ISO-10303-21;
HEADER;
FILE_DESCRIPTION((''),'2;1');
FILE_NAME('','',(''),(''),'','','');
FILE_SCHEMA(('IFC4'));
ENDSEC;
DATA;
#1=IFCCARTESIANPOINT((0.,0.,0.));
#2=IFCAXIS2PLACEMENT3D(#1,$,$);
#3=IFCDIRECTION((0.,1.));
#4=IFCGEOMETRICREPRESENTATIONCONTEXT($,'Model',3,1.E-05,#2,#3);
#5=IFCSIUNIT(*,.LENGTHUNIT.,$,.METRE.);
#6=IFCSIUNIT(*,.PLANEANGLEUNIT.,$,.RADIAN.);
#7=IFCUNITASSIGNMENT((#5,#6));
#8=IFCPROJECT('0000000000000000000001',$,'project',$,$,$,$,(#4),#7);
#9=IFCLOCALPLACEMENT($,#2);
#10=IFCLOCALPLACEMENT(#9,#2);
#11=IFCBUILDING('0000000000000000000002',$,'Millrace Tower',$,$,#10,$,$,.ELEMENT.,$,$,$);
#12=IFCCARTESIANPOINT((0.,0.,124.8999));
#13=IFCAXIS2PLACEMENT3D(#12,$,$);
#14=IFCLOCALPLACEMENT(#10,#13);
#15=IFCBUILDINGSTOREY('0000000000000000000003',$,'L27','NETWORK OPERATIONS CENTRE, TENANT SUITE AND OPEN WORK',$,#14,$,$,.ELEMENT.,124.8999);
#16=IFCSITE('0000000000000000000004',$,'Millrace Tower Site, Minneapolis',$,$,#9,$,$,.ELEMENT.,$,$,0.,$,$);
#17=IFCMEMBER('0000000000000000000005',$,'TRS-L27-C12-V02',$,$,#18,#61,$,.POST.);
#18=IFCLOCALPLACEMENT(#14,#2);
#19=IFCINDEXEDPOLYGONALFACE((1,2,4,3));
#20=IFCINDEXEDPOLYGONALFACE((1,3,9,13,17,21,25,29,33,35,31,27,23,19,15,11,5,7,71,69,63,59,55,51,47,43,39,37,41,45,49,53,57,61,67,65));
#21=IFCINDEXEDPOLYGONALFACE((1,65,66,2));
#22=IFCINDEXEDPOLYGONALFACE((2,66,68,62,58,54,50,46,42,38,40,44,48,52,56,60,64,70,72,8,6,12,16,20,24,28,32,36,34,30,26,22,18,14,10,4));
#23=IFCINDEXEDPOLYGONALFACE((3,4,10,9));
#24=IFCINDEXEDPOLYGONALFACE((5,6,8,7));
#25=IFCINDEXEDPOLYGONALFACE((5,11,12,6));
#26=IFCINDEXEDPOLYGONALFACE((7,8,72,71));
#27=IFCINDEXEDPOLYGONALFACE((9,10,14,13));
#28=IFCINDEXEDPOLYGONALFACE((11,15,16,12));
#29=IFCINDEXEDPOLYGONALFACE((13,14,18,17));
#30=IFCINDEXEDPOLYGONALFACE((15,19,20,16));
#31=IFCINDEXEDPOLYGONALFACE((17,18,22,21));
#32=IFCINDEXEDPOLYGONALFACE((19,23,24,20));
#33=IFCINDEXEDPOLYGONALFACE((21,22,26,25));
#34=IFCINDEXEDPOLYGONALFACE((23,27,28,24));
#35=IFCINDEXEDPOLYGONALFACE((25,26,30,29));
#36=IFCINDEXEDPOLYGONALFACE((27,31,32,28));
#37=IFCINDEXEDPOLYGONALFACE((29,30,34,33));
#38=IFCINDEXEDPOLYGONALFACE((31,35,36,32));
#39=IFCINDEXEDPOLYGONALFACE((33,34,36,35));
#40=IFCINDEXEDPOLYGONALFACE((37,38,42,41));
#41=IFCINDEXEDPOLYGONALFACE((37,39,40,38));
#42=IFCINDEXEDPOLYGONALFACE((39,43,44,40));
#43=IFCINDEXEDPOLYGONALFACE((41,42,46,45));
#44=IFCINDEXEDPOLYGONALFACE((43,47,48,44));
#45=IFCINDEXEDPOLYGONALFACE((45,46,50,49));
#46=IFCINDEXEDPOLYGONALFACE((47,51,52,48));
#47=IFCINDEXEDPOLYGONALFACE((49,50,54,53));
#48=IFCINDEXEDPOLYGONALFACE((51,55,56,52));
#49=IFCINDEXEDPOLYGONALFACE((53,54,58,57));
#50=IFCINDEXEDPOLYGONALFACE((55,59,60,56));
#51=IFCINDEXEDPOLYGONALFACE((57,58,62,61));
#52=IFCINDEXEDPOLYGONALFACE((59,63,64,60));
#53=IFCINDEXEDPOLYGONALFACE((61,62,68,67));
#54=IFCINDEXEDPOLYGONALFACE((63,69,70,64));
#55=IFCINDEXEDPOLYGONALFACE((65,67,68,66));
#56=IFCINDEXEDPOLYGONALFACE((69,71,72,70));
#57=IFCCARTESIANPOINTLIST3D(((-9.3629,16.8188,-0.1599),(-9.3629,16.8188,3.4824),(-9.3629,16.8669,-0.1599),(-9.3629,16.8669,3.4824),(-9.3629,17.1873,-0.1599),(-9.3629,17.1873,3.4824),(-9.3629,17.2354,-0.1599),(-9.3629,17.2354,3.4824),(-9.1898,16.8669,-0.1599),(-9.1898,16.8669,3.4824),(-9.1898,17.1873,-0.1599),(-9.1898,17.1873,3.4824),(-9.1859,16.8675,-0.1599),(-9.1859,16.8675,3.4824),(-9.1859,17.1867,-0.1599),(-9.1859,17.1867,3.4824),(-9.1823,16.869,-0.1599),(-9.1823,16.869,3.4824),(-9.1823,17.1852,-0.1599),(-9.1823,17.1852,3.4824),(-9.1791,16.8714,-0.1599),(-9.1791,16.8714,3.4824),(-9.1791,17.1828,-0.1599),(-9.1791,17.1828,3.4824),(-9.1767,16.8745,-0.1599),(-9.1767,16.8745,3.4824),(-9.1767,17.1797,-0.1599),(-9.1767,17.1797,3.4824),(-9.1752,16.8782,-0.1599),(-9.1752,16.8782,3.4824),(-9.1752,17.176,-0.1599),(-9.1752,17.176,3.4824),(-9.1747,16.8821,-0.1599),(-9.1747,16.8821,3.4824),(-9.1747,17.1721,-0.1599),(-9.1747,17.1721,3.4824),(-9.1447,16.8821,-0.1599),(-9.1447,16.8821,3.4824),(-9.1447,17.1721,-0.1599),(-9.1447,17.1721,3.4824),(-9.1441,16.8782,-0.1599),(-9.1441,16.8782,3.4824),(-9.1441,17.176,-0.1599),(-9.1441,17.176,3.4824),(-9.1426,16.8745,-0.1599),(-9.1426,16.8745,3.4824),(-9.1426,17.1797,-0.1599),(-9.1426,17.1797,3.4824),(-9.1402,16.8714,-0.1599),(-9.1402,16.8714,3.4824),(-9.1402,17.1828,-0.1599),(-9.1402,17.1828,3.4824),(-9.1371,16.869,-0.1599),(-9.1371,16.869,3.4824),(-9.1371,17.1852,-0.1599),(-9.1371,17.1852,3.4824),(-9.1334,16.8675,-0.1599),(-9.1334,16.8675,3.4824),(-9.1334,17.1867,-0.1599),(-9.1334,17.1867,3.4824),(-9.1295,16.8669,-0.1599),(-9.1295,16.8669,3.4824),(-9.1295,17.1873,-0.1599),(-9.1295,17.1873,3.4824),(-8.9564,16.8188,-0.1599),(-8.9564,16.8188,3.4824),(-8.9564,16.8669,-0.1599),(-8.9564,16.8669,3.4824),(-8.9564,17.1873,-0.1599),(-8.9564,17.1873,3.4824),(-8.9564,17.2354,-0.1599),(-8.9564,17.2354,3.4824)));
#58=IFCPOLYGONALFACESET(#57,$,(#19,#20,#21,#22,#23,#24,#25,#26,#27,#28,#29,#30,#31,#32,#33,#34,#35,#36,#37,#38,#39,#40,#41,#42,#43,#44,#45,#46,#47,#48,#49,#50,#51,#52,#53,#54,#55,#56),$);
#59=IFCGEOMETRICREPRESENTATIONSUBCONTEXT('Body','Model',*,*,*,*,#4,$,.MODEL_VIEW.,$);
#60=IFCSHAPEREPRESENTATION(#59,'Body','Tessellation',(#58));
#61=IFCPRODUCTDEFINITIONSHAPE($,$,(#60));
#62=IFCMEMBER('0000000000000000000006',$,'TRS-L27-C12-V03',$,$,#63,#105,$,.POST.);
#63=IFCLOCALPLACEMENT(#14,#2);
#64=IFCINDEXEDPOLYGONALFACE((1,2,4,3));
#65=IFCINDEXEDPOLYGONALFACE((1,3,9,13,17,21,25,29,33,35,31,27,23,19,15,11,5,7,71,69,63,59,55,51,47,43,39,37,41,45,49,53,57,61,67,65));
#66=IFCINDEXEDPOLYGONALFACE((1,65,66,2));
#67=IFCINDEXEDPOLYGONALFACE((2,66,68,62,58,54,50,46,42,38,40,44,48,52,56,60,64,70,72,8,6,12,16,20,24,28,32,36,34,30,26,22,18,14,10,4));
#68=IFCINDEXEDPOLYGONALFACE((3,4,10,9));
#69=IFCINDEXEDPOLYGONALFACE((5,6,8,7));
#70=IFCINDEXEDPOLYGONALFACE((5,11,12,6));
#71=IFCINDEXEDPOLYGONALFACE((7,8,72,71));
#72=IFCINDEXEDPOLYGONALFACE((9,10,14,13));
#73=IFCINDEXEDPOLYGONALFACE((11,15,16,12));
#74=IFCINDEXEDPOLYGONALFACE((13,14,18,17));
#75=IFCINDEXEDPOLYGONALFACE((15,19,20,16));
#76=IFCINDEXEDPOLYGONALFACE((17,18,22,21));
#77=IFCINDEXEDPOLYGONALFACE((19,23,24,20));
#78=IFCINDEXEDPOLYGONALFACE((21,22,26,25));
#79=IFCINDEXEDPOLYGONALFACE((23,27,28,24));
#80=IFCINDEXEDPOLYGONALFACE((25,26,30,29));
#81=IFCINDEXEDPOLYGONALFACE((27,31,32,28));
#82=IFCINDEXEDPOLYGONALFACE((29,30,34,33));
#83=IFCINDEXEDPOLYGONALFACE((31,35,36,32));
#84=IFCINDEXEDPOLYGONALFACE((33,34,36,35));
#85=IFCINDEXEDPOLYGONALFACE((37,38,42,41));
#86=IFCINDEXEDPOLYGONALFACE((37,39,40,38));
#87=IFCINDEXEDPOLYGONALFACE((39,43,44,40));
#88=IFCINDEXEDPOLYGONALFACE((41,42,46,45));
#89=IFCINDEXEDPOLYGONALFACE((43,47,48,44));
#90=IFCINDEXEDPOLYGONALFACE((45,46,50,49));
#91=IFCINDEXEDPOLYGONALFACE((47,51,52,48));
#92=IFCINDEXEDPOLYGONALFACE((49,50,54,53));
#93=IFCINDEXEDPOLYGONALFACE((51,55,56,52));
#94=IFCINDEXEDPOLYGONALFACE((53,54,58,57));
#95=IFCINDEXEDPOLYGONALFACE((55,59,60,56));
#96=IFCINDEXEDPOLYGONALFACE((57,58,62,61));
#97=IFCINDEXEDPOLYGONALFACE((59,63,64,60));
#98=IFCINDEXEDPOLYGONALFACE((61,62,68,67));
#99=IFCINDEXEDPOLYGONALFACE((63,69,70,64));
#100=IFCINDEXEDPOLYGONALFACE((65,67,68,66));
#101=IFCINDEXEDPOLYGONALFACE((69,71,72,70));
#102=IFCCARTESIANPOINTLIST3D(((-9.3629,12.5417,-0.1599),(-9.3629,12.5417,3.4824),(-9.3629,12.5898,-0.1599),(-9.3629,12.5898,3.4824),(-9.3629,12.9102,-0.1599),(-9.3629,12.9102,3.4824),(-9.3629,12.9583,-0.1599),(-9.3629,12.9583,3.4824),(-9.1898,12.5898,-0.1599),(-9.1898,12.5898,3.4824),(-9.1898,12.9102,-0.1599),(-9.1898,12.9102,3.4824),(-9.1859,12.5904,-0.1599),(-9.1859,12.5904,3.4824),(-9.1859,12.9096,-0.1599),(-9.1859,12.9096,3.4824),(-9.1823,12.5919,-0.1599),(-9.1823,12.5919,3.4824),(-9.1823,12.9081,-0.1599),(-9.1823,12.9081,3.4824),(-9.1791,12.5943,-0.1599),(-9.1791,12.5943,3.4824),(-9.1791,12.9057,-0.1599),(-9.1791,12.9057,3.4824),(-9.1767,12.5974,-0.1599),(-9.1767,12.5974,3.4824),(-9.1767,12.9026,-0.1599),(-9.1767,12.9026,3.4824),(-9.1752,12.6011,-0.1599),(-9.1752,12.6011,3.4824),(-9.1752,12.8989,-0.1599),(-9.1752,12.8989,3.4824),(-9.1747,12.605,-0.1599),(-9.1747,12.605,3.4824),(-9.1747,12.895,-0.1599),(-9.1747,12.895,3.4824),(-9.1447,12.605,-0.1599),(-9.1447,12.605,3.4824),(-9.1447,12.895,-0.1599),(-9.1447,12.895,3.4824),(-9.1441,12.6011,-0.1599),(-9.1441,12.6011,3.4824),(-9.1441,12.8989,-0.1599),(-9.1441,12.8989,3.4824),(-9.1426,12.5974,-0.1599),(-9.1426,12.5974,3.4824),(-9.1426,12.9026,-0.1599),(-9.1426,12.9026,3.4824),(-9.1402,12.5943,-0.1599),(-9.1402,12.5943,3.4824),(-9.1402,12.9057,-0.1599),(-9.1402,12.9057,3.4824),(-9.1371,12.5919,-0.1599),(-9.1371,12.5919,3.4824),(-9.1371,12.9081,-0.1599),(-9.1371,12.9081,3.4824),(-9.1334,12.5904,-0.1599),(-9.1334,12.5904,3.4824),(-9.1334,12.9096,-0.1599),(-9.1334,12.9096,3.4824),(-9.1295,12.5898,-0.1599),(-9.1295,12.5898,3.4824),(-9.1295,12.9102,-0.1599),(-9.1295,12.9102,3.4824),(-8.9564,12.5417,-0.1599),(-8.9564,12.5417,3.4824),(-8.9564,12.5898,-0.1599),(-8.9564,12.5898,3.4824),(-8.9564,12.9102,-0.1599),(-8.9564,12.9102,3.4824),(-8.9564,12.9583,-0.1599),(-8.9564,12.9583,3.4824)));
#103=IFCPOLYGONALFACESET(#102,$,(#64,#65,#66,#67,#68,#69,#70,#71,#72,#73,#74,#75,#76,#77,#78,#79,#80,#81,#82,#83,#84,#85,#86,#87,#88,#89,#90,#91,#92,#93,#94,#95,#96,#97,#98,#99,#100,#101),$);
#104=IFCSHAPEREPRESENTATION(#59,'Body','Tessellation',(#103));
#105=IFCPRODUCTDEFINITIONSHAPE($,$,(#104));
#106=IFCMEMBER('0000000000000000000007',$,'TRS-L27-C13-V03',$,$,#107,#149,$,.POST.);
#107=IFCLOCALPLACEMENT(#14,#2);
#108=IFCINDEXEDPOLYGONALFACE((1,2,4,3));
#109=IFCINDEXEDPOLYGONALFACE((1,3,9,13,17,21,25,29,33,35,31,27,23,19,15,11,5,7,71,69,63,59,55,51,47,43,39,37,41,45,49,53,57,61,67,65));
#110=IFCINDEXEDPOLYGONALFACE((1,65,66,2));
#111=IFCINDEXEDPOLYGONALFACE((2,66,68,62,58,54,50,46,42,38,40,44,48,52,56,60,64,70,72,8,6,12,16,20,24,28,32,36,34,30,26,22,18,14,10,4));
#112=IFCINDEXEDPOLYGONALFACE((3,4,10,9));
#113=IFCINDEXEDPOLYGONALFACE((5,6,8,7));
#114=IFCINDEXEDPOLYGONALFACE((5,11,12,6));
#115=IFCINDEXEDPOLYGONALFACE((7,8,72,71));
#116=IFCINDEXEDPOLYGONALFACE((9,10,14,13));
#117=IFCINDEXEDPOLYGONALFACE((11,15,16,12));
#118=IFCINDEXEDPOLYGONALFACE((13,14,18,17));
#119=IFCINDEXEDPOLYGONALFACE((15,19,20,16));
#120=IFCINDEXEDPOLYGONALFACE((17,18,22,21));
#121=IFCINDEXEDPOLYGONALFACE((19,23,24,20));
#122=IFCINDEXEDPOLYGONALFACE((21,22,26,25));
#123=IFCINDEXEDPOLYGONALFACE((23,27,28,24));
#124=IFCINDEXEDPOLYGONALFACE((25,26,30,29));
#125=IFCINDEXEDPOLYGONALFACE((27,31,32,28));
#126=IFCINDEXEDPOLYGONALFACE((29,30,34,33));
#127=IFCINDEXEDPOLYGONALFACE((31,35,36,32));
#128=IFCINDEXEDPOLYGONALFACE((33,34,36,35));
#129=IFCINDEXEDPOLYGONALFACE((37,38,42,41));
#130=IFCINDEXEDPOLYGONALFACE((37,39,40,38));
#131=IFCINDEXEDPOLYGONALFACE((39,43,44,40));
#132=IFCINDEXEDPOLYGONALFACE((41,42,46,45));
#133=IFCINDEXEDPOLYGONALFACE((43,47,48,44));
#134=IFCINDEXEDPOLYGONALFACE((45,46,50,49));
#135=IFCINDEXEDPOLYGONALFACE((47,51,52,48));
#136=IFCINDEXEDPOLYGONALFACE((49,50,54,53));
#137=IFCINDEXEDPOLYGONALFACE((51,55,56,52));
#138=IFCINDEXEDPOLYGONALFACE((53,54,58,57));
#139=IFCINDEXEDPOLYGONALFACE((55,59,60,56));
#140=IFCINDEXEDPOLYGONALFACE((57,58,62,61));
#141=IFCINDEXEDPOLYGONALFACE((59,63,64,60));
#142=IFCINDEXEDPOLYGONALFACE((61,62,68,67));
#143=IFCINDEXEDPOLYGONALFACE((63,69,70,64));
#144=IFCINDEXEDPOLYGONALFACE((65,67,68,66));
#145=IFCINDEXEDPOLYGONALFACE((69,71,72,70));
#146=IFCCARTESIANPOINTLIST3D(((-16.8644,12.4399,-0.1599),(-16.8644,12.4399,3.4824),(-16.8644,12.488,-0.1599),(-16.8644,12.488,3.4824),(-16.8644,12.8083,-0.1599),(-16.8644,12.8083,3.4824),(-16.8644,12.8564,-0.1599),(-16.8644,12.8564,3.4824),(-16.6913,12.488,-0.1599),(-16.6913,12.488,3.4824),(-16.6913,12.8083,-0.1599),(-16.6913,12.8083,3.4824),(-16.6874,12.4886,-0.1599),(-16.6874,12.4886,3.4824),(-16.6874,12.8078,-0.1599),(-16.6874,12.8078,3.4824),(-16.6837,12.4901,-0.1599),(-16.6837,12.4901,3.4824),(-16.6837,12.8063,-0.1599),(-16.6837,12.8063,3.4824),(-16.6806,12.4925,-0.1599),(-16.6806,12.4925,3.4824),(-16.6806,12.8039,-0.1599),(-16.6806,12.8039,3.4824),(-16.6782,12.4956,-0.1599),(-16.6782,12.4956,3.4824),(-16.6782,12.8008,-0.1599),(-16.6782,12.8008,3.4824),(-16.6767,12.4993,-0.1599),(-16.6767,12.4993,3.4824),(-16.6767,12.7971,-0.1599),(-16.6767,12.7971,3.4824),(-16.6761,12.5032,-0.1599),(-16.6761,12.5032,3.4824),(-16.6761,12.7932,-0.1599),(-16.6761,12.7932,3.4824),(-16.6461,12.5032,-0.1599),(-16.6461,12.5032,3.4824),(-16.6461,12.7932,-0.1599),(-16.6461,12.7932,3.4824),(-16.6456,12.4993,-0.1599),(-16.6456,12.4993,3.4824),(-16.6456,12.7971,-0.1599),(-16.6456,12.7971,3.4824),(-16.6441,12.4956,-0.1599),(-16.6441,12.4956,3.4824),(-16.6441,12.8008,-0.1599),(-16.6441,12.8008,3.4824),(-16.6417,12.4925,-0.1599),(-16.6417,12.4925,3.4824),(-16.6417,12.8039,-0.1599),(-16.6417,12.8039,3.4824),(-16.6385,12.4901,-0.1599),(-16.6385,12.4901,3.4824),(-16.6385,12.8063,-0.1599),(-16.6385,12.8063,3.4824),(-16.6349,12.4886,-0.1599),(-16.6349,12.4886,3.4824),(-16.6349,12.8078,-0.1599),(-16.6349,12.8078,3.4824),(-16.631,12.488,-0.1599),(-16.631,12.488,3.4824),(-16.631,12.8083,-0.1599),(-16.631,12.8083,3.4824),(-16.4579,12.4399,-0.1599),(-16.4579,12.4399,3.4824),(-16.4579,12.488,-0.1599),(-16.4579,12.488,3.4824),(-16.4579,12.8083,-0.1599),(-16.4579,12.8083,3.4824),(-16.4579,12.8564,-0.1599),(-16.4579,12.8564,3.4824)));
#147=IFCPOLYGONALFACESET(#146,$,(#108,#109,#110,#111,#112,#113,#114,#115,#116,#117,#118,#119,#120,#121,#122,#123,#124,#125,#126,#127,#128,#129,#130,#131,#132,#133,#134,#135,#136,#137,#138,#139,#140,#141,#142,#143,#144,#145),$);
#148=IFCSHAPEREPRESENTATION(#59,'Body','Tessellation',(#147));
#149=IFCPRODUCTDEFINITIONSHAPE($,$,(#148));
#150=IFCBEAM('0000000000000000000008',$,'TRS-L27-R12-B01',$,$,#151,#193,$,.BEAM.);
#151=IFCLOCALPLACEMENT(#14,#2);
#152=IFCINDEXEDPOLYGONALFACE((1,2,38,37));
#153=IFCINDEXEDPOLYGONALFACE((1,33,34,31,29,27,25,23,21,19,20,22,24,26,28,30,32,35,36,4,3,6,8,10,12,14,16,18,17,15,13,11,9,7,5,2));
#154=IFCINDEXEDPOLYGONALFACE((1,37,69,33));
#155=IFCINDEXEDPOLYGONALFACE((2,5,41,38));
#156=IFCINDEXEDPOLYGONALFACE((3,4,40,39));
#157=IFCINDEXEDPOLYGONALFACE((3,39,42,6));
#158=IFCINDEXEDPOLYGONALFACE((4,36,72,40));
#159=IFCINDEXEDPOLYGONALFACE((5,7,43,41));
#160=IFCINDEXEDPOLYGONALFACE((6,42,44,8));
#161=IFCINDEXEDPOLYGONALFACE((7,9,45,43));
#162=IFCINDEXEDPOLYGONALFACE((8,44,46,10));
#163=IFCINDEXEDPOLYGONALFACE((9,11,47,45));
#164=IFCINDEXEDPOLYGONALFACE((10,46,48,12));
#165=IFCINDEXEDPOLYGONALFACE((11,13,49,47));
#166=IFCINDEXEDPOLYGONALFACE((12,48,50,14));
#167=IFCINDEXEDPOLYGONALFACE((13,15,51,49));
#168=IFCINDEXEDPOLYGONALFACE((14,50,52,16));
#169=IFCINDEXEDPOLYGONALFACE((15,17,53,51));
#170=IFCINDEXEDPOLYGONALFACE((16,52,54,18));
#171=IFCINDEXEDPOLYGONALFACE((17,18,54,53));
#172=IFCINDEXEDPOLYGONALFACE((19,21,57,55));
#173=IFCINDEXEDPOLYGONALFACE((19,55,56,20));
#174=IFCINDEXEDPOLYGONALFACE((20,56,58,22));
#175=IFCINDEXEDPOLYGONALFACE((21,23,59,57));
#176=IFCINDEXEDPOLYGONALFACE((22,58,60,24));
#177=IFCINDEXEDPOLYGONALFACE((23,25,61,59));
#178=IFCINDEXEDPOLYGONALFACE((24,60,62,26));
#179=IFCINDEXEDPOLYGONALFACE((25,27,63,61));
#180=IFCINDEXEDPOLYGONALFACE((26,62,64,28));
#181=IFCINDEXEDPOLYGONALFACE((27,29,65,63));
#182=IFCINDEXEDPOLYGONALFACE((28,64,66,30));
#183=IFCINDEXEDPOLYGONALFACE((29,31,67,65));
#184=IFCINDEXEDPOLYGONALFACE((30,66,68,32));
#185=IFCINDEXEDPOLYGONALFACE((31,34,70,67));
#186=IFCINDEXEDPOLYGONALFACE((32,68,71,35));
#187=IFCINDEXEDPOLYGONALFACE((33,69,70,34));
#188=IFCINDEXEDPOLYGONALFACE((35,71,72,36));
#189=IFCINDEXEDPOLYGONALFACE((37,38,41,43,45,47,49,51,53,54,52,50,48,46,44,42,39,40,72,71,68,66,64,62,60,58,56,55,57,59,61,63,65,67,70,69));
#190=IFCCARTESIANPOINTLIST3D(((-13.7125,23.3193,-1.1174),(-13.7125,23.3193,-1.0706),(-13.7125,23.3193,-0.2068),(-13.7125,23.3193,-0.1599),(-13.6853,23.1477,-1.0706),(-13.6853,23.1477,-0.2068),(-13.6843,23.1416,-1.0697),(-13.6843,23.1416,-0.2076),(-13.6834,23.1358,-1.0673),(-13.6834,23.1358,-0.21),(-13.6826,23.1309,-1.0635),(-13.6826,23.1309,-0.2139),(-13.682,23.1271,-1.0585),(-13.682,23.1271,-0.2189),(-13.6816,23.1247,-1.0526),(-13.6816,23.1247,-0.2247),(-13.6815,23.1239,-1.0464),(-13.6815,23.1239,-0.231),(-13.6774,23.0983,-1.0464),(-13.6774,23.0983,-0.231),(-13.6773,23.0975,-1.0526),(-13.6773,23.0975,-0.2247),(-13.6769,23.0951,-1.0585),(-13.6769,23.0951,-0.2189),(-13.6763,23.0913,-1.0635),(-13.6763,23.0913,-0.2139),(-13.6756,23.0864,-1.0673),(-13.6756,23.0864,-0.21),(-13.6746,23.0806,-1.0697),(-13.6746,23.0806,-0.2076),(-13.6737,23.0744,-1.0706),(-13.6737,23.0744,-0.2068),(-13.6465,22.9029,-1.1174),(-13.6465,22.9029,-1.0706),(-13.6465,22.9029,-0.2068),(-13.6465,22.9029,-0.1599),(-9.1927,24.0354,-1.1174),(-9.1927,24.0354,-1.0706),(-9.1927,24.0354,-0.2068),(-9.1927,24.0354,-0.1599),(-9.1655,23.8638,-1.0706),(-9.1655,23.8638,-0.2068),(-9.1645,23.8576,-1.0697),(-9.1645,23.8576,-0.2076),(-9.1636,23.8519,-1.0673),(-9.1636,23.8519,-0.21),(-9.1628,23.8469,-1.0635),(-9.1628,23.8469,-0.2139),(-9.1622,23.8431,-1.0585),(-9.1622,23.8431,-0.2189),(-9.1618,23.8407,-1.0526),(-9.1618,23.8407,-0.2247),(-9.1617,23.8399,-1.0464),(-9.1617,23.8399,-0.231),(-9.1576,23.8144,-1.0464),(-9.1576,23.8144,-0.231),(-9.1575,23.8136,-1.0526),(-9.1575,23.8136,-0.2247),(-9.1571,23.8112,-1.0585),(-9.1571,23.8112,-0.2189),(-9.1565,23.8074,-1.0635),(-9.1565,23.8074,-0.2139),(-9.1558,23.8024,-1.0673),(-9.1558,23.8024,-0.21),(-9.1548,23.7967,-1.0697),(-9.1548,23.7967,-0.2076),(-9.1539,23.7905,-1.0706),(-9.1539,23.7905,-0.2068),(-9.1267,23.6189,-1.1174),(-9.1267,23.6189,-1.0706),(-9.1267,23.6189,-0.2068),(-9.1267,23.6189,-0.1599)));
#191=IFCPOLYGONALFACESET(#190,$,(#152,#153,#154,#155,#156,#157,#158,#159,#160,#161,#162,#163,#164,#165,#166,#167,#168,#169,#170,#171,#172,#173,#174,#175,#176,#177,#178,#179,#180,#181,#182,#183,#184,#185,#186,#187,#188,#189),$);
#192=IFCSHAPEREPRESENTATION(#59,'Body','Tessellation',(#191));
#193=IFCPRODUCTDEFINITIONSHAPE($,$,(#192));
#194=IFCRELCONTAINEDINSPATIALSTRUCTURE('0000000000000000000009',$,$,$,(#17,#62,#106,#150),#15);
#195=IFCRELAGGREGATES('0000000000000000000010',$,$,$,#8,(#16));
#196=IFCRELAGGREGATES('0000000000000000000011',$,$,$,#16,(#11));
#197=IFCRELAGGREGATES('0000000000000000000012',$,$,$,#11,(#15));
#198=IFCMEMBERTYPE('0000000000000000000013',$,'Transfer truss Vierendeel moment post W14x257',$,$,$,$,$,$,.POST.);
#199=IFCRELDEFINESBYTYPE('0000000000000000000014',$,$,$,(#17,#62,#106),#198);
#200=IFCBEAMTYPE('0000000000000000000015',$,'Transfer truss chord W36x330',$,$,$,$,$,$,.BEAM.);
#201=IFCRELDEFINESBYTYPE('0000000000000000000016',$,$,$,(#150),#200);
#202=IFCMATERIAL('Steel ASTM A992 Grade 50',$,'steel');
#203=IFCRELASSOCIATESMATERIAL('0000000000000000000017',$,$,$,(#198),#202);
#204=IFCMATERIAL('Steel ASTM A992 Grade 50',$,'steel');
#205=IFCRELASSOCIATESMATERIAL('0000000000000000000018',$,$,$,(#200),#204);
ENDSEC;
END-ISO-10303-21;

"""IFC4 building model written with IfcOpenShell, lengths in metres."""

from ifc_helpers import new_model, si_unit, direction, frame, origin, origin_2d, place, context, subcontext, project, spatial, i_section, extrude, material, material_profile, profile_set, type_object, element, save


model = new_model("IFC4")

# Units and contexts
model_context = context("Model", 3, precision=1e-05, world=origin(), true_north=direction((0.0, 1.0)))
body_context = subcontext(model_context, "Body", "Model", "MODEL_VIEW")
ifc_project = project(units=[si_unit("LENGTHUNIT", "METRE"), si_unit("PLANEANGLEUNIT", "RADIAN")], contexts=[model_context])

# Site, building, storey
site_placement = place(None, origin())
site = spatial("IfcSite", under=ifc_project, at=site_placement, Name="Millrace Tower Site, Minneapolis", CompositionType="ELEMENT", RefElevation=0.0)
building_placement = place(site_placement, origin())
building = spatial("IfcBuilding", under=site, at=building_placement, Name="Millrace Tower", CompositionType="ELEMENT")
storey_placement = place(building_placement, frame((0.0, 0.0, 124.8999)))
storey = spatial("IfcBuildingStorey", under=building, at=storey_placement, Name="L27", Description="NETWORK OPERATIONS CENTRE, TENANT SUITE AND OPEN WORK", CompositionType="ELEMENT", Elevation=124.8999)

# Members
ifc_material_1 = material(Name="Steel ASTM A992 Grade 50", Category="steel")
ifc_material_profile_1 = material_profile(ifc_material_1, i_section(OverallWidth=0.4065, OverallDepth=0.4165, WebThickness=0.03, FlangeThickness=0.0481, FilletRadius=0.0151, at=origin_2d()))
ifc_profile_set_1 = profile_set([ifc_material_profile_1], Name="Steel ASTM A992 Grade 50")
member_type_1 = type_object("IfcMemberType", Name="Transfer truss Vierendeel moment post W14x257", PredefinedType="POST", material=ifc_profile_set_1)
for number, where, z_axis, x_axis, name in (
    (1, (-9.1597, 17.0271, -0.1599), (0.0, 0.0, 1.0), (1.0, 0.0, 0.0), "TRS-L27-C12-V02"),
    (2, (-9.1597, 12.75, -0.1599), (0.0, 0.0, 1.0), (1.0, 0.0, 0.0), "TRS-L27-C12-V03"),
    (3, (-16.6611, 12.6482, -0.1599), (0.0, 0.0, 1.0), (1.0, 0.0, 0.0), "TRS-L27-C13-V03"),
):
    element("IfcMember", number, at=place(storey_placement, frame(where, z_axis=z_axis, x_axis=x_axis)), inside=storey, type_object=member_type_1, Name=name, PredefinedType="POST", context=body_context, shape_type="SweptSolid", body=[
        extrude(i_section(OverallWidth=0.4065, OverallDepth=0.4165, WebThickness=0.03, FlangeThickness=0.0481, FilletRadius=0.0151, at=origin_2d()), origin(), (0.0, 0.0, 1.0), 3.6423),
    ])

# Beam
ifc_material_2 = material(Name="Steel ASTM A992 Grade 50", Category="steel")
ifc_material_profile_2 = material_profile(ifc_material_2, i_section(OverallWidth=0.4216, OverallDepth=0.9575, WebThickness=0.0259, FlangeThickness=0.0469, FilletRadius=0.0242, at=origin_2d()))
ifc_profile_set_2 = profile_set([ifc_material_profile_2], Name="Steel ASTM A992 Grade 50")
beam_type_1 = type_object("IfcBeamType", Name="Transfer truss chord W36x330", PredefinedType="BEAM", material=ifc_profile_set_2)
for number, where, z_axis, x_axis, name in (
    (4, (-9.1597, 23.8271, -0.6387), (-0.987682, -0.156478, 0.0), (0.156478, -0.987682, 0.0), "TRS-L27-R12-B01"),
):
    element("IfcBeam", number, at=place(storey_placement, frame(where, z_axis=z_axis, x_axis=x_axis)), inside=storey, type_object=beam_type_1, Name=name, PredefinedType="BEAM", context=body_context, shape_type="SweptSolid", body=[
        extrude(i_section(OverallWidth=0.4216, OverallDepth=0.9575, WebThickness=0.0259, FlangeThickness=0.0469, FilletRadius=0.0242, at=origin_2d()), origin(), (0.0, 0.0, 1.0), 4.5762),
    ])

save(model, "model.ifc")
